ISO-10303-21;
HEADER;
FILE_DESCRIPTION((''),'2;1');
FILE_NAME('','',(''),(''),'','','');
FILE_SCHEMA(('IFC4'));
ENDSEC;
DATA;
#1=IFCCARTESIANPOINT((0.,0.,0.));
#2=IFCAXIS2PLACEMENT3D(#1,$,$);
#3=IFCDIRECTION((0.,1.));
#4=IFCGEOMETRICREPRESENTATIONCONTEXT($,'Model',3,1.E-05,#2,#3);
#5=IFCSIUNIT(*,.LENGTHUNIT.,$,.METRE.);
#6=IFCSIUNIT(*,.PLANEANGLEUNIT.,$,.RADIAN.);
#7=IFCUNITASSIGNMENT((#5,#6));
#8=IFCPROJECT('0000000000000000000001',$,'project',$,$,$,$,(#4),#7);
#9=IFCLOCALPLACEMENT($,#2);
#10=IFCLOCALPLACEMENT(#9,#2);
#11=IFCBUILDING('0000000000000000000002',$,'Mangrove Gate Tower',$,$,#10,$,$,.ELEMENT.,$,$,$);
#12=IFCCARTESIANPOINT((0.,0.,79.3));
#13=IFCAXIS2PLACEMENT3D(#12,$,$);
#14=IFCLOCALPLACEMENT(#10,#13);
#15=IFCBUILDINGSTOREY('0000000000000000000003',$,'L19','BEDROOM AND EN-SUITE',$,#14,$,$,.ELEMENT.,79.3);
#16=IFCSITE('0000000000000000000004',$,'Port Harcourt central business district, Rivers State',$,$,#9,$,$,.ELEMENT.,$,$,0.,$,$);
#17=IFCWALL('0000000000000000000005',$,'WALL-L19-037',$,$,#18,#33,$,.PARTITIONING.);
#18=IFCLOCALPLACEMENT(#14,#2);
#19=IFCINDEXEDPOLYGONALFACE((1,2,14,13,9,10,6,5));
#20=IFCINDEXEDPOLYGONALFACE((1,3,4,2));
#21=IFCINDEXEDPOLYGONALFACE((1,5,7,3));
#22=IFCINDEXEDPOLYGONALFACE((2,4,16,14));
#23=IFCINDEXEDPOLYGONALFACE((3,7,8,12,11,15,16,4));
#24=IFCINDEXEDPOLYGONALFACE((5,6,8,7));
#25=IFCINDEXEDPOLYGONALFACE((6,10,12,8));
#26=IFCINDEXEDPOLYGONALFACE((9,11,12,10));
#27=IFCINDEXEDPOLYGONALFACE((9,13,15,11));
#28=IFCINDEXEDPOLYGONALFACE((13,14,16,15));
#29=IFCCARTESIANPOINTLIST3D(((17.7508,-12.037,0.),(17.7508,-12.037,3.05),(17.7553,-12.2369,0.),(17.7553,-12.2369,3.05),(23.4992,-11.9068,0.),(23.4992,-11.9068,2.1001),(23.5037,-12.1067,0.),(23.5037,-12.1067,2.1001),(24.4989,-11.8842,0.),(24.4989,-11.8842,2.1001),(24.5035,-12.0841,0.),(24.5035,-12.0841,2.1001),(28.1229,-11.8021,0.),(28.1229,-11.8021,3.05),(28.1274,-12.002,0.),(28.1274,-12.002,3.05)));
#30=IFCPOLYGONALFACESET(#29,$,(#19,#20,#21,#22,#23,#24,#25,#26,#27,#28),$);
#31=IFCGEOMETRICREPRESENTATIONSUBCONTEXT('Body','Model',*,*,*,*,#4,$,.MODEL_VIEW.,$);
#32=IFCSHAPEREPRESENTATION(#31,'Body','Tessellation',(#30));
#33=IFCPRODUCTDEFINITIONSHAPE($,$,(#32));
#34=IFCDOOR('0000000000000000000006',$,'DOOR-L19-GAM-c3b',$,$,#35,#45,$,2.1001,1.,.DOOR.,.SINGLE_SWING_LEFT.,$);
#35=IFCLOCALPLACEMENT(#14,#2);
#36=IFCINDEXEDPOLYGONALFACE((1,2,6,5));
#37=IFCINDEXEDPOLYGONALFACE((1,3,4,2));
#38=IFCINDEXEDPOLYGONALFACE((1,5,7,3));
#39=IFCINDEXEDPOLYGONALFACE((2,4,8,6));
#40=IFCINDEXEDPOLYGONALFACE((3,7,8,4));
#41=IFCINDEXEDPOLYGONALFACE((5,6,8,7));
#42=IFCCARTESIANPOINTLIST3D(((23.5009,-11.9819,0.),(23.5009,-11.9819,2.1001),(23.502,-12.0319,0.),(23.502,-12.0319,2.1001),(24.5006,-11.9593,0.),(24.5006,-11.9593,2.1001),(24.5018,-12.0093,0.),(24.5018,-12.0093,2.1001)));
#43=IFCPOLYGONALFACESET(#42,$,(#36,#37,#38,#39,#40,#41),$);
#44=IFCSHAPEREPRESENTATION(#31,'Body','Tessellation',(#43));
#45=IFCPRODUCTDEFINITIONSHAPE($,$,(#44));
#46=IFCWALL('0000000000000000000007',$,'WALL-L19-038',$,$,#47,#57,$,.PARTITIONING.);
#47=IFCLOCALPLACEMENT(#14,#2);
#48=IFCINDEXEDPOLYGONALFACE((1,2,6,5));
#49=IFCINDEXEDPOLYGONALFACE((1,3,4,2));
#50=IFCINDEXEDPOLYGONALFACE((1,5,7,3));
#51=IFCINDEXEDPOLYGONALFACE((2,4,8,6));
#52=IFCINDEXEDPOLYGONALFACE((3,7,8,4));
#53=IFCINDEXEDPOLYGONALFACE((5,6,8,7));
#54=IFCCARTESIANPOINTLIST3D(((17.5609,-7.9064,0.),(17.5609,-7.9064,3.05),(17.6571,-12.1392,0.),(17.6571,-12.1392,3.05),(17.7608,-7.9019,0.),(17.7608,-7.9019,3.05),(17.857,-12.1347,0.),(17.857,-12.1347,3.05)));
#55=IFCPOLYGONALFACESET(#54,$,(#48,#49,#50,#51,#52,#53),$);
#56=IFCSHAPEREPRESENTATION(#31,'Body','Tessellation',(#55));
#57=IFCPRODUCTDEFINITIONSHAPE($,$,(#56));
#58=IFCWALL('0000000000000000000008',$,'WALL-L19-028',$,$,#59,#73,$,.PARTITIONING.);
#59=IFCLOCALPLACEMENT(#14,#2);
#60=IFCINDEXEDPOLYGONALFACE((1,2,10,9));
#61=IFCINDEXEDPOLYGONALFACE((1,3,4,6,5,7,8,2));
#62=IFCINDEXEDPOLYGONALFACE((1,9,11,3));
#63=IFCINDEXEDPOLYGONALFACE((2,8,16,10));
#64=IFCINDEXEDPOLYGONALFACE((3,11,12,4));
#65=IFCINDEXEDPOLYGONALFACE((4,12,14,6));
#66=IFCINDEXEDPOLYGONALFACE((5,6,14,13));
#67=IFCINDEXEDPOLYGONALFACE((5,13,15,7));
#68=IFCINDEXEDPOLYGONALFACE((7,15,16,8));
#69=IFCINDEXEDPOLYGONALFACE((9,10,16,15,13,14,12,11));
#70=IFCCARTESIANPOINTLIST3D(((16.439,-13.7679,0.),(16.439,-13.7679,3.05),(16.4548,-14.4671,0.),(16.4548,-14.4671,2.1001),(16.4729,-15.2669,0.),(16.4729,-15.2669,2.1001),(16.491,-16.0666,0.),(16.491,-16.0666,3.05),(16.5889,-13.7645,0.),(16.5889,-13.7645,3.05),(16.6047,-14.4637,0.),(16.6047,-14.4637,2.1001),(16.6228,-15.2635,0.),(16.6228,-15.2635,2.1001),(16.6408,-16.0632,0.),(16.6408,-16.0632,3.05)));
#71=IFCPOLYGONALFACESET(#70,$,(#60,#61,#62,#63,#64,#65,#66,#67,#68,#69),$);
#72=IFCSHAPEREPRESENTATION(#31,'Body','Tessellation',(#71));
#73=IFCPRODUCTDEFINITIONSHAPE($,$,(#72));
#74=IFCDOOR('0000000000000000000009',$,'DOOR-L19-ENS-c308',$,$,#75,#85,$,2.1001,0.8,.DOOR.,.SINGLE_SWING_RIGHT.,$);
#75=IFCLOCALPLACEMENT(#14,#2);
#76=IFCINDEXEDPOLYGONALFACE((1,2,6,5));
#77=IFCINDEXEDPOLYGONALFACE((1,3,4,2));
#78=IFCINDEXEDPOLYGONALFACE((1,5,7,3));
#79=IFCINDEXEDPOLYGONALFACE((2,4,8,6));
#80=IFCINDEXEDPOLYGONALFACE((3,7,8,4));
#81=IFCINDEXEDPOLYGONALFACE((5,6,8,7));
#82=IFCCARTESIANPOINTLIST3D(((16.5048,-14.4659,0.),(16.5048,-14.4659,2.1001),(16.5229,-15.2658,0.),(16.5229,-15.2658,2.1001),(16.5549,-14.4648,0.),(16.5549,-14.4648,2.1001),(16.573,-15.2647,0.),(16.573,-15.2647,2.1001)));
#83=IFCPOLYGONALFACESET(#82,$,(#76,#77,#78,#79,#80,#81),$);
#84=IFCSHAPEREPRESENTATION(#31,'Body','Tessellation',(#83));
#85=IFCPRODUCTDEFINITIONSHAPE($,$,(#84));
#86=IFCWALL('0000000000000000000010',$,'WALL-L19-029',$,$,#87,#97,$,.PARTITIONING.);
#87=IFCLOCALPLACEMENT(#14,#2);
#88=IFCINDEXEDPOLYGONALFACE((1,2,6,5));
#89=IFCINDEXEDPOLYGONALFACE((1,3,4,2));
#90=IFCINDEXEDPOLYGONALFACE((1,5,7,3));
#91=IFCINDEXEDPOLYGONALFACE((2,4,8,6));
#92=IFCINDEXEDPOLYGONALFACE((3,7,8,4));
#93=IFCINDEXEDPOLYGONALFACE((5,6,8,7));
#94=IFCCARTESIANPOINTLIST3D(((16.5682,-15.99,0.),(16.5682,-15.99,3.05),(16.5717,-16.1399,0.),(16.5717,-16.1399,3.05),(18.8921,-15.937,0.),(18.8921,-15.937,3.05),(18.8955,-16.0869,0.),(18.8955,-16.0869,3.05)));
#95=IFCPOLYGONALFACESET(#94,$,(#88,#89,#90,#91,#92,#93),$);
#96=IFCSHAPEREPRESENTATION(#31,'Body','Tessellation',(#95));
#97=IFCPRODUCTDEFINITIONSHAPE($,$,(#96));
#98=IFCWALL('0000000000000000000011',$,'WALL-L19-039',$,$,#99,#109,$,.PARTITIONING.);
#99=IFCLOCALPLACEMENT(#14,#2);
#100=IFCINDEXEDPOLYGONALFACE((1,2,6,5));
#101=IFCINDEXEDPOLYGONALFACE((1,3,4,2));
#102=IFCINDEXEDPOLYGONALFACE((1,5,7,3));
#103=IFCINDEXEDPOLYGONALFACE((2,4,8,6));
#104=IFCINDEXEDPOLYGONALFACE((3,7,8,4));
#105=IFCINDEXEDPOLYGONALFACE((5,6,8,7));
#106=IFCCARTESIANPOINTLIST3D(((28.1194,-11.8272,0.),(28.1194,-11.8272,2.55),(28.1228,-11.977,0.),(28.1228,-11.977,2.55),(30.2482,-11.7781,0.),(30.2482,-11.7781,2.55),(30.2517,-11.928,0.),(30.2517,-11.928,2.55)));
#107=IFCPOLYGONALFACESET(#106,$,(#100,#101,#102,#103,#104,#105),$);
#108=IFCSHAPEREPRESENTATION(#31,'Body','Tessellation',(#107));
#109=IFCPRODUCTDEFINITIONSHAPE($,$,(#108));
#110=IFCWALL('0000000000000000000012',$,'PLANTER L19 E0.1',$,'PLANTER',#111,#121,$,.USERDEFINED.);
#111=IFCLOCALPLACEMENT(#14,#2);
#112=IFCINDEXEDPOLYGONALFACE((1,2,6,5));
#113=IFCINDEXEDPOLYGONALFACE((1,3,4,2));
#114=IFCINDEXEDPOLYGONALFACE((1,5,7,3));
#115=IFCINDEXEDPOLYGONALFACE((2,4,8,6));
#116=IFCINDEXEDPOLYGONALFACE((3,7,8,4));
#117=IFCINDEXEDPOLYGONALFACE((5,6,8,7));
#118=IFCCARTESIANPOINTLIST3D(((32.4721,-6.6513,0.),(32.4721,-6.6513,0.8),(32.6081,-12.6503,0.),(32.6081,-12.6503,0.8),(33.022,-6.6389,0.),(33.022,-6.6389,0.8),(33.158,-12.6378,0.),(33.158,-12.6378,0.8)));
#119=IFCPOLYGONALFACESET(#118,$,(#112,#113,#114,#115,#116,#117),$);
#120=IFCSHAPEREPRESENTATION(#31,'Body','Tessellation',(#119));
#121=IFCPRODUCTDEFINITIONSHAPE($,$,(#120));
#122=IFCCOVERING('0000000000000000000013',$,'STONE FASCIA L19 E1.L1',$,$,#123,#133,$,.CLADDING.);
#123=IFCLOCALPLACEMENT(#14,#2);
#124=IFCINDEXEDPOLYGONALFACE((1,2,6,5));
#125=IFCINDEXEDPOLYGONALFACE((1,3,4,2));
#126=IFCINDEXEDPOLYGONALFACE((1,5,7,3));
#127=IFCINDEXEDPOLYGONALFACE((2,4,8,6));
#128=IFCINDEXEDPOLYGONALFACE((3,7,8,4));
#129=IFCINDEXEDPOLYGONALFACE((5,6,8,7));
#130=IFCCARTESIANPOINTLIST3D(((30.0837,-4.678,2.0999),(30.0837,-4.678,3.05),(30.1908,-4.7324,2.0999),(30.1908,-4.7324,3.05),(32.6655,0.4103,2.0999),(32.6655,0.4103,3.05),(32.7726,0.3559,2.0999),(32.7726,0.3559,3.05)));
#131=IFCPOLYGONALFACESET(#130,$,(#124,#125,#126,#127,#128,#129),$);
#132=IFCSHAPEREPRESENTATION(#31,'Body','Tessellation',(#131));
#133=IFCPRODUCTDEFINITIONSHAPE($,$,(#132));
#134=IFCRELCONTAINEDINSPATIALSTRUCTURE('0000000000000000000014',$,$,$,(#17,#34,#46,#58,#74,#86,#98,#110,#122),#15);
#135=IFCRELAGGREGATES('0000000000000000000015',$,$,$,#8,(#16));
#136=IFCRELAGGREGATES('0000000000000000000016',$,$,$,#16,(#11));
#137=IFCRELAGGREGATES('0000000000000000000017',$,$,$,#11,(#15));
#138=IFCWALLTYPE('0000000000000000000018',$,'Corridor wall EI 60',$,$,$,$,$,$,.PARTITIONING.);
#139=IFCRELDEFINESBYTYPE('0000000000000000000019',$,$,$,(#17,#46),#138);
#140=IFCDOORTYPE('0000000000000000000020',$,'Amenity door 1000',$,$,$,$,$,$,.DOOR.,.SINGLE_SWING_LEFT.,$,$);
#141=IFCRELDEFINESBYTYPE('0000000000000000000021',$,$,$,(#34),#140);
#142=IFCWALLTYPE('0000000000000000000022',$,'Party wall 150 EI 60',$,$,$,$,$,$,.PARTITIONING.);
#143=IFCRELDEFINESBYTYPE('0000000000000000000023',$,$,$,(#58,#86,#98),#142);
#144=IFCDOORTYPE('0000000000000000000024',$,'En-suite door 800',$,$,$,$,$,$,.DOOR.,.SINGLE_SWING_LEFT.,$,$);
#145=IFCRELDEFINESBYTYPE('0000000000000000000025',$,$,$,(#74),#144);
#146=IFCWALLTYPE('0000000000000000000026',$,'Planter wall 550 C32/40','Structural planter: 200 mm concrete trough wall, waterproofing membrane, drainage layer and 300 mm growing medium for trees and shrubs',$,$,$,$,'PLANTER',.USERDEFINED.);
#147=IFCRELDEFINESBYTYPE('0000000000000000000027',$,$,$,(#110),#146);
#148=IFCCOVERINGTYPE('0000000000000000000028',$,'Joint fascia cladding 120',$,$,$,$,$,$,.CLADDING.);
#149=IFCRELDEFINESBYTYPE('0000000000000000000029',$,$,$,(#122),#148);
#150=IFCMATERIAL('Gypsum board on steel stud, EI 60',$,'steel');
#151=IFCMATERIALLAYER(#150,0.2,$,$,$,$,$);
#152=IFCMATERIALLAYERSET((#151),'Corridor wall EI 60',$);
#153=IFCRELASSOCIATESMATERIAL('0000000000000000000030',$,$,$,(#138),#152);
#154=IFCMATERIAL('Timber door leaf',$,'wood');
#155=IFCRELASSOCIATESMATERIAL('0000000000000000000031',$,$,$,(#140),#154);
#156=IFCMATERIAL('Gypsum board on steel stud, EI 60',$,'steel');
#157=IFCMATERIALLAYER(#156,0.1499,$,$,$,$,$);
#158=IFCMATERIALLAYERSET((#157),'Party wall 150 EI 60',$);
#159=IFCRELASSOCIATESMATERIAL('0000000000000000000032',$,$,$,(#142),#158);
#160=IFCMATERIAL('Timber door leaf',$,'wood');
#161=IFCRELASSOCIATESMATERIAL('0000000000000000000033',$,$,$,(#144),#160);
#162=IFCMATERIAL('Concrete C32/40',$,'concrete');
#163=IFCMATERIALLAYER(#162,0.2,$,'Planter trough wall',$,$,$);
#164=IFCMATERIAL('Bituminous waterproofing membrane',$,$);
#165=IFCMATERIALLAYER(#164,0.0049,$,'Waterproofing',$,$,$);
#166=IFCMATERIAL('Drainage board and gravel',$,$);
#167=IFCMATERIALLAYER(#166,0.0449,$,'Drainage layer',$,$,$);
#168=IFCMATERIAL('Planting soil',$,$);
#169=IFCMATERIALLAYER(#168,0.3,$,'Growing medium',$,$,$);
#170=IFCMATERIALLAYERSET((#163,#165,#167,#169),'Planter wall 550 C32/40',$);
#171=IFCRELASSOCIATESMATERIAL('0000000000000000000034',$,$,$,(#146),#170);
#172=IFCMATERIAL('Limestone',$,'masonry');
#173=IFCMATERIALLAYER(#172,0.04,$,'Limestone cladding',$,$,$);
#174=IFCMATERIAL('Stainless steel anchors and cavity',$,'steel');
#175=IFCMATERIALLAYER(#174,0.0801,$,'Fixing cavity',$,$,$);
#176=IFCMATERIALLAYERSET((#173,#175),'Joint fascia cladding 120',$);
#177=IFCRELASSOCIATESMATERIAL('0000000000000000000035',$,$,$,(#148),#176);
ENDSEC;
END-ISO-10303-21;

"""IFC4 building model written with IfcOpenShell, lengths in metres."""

from ifc_helpers import new_model, si_unit, direction, frame, frame_2d, origin, place, context, subcontext, project, spatial, rectangle, extrude, material, layer, layer_set, type_object, element, fill, save


model = new_model("IFC4")

# Units and contexts
model_context = context("Model", 3, precision=1e-05, world=origin(), true_north=direction((0.0, 1.0)))
body_context = subcontext(model_context, "Body", "Model", "MODEL_VIEW")
ifc_project = project(units=[si_unit("LENGTHUNIT", "METRE"), si_unit("PLANEANGLEUNIT", "RADIAN")], contexts=[model_context])

# Site, building, storey
site_placement = place(None, origin())
site = spatial("IfcSite", under=ifc_project, at=site_placement, Name="Port Harcourt central business district, Rivers State", CompositionType="ELEMENT", RefElevation=0.0)
building_placement = place(site_placement, origin())
building = spatial("IfcBuilding", under=site, at=building_placement, Name="Mangrove Gate Tower", CompositionType="ELEMENT")
storey_placement = place(building_placement, frame((0.0, 0.0, 79.3)))
storey = spatial("IfcBuildingStorey", under=building, at=storey_placement, Name="L19", Description="BEDROOM AND EN-SUITE", CompositionType="ELEMENT", Elevation=79.3)

# Shared definitions
ifc_material_1 = material(Name="Gypsum board on steel stud, EI 60", Category="steel")
ifc_layer_1 = layer(ifc_material_1, 0.2)
ifc_layer_set_1 = layer_set([ifc_layer_1], Name="Corridor wall EI 60")
wall_type_1 = type_object("IfcWallType", Name="Corridor wall EI 60", PredefinedType="PARTITIONING", material=ifc_layer_set_1)

# Wall, opening, door
wall_1_placement = place(storey_placement, frame((17.7529, -12.137, 0.0), z_axis=(0.0, 0.0, 1.0), x_axis=(0.999744, 0.022638, 0.0)))
wall_1 = element("IfcWall", 1, at=wall_1_placement, inside=storey, type_object=wall_type_1, Name="WALL-L19-037", PredefinedType="PARTITIONING", context=body_context, shape_type="SweptSolid", body=[
    extrude(rectangle(XDim=10.3748, YDim=0.2, at=frame_2d((5.1875, 0.0))), origin(), (0.0, 0.0, 1.0), 3.05),
])
opening_1_placement = place(wall_1_placement, frame((5.75, 0.0, 0.0)))
opening_1 = element("IfcOpeningElement", 2, at=opening_1_placement, cuts=wall_1, PredefinedType="OPENING", context=body_context, shape_type="SweptSolid", body=[
    extrude(rectangle(XDim=1.0, YDim=2.1001, at=frame_2d((0.5, 1.05))), frame((0.0, 0.1099, 0.0), z_axis=(0.0, -1.0, 0.0), x_axis=(1.0, 0.0, 0.0)), (0.0, 0.0, 1.0), 0.22),
])
ifc_material_2 = material(Name="Timber door leaf", Category="wood")
door_type_1 = type_object("IfcDoorType", Name="Amenity door 1000", OperationType="SINGLE_SWING_LEFT", PredefinedType="DOOR", material=ifc_material_2)
door_1_placement = place(opening_1_placement, origin())
door_1 = element("IfcDoor", 3, at=door_1_placement, inside=storey, type_object=door_type_1, Name="DOOR-L19-GAM-c3b", OperationType="SINGLE_SWING_LEFT", OverallHeight=2.1001, OverallWidth=1.0, PredefinedType="DOOR", context=body_context, shape_type="SweptSolid", body=[
    extrude(rectangle(XDim=1.0, YDim=2.1001, at=frame_2d((0.5, 1.05))), frame((0.0, 0.0249, 0.0), z_axis=(0.0, -1.0, 0.0), x_axis=(1.0, 0.0, 0.0)), (0.0, 0.0, 1.0), 0.05),
])
fill(opening_1, door_1)

# Wall
wall_2_placement = place(storey_placement, frame((17.7571, -12.137, 0.0), z_axis=(0.0, 0.0, 1.0), x_axis=(-0.022719, 0.999742, 0.0)))
element("IfcWall", 4, at=wall_2_placement, inside=storey, type_object=wall_type_1, Name="WALL-L19-038", PredefinedType="PARTITIONING", context=body_context, shape_type="SweptSolid", body=[
    extrude(rectangle(XDim=4.2339, YDim=0.2, at=frame_2d((2.1169, 0.0))), origin(), (0.0, 0.0, 1.0), 3.05),
])

# Wall, opening, door
ifc_material_3 = material(Name="Gypsum board on steel stud, EI 60", Category="steel")
ifc_layer_2 = layer(ifc_material_3, 0.1499)
ifc_layer_set_2 = layer_set([ifc_layer_2], Name="Party wall 150 EI 60")
wall_type_2 = type_object("IfcWallType", Name="Party wall 150 EI 60", PredefinedType="PARTITIONING", material=ifc_layer_set_2)
wall_3_placement = place(storey_placement, frame((16.5659, -16.0649, 0.0), z_axis=(0.0, 0.0, 1.0), x_axis=(-0.022615, 0.999744, 0.0)))
wall_3 = element("IfcWall", 5, at=wall_3_placement, inside=storey, type_object=wall_type_2, Name="WALL-L19-028", PredefinedType="PARTITIONING", context=body_context, shape_type="SweptSolid", body=[
    extrude(rectangle(XDim=2.2993, YDim=0.1499, at=frame_2d((1.1497, 0.0))), origin(), (0.0, 0.0, 1.0), 3.05),
])
opening_2_placement = place(wall_3_placement, frame((0.8, 0.0, 0.0)))
opening_2 = element("IfcOpeningElement", 6, at=opening_2_placement, cuts=wall_3, PredefinedType="OPENING", context=body_context, shape_type="SweptSolid", body=[
    extrude(rectangle(XDim=0.8, YDim=2.1001, at=frame_2d((0.3999, 1.05))), frame((0.0, 0.085, 0.0), z_axis=(0.0, -1.0, 0.0), x_axis=(1.0, 0.0, 0.0)), (0.0, 0.0, 1.0), 0.1699),
])
ifc_material_4 = material(Name="Timber door leaf", Category="wood")
door_type_2 = type_object("IfcDoorType", Name="En-suite door 800", OperationType="SINGLE_SWING_LEFT", PredefinedType="DOOR", material=ifc_material_4)
door_2_placement = place(opening_2_placement, origin())
door_2 = element("IfcDoor", 7, at=door_2_placement, inside=storey, type_object=door_type_2, Name="DOOR-L19-ENS-c308", OperationType="SINGLE_SWING_RIGHT", OverallHeight=2.1001, OverallWidth=0.8, PredefinedType="DOOR", context=body_context, shape_type="SweptSolid", body=[
    extrude(rectangle(XDim=0.8, YDim=2.1001, at=frame_2d((0.3999, 1.05))), frame((0.0, 0.0249, 0.0), z_axis=(0.0, -1.0, 0.0), x_axis=(1.0, 0.0, 0.0)), (0.0, 0.0, 1.0), 0.05),
])
fill(opening_2, door_2)

# Walls
wall_4_placement = place(storey_placement, frame((16.5701, -16.0649, 0.0), z_axis=(0.0, 0.0, 1.0), x_axis=(0.99974, 0.022791, 0.0)))
element("IfcWall", 8, at=wall_4_placement, inside=storey, type_object=wall_type_2, Name="WALL-L19-029", PredefinedType="PARTITIONING", context=body_context, shape_type="SweptSolid", body=[
    extrude(rectangle(XDim=2.3245, YDim=0.1499, at=frame_2d((1.1621, 0.0))), origin(), (0.0, 0.0, 1.0), 3.05),
])
wall_5_placement = place(storey_placement, frame((28.1211, -11.9021, 0.0), z_axis=(0.0, 0.0, 1.0), x_axis=(0.999734, 0.023044, 0.0)))
element("IfcWall", 9, at=wall_5_placement, inside=storey, type_object=wall_type_2, Name="WALL-L19-039", PredefinedType="PARTITIONING", context=body_context, shape_type="SweptSolid", body=[
    extrude(rectangle(XDim=2.1294, YDim=0.1499, at=frame_2d((1.0647, 0.0))), origin(), (0.0, 0.0, 1.0), 2.55),
])
ifc_material_5 = material(Name="Concrete C32/40", Category="concrete")
ifc_layer_3 = layer(ifc_material_5, 0.2, Name="Planter trough wall")
ifc_material_6 = material(Name="Bituminous waterproofing membrane")
ifc_layer_4 = layer(ifc_material_6, 0.0049, Name="Waterproofing")
ifc_material_7 = material(Name="Drainage board and gravel")
ifc_layer_5 = layer(ifc_material_7, 0.0449, Name="Drainage layer")
ifc_material_8 = material(Name="Planting soil")
ifc_layer_6 = layer(ifc_material_8, 0.3, Name="Growing medium")
ifc_layer_set_3 = layer_set([ifc_layer_3, ifc_layer_4, ifc_layer_5, ifc_layer_6], Name="Planter wall 550 C32/40")
wall_type_3 = type_object("IfcWallType", Name="Planter wall 550 C32/40", Description="Structural planter: 200 mm concrete trough wall, waterproofing membrane, drainage layer and 300 mm growing medium for trees and shrubs", ElementType="PLANTER", PredefinedType="USERDEFINED", material=ifc_layer_set_3)
wall_6_placement = place(storey_placement, frame((32.8831, -12.644, 0.0), z_axis=(0.0, 0.0, 1.0), x_axis=(-0.022662, 0.999743, 0.0)))
element("IfcWall", 10, at=wall_6_placement, inside=storey, type_object=wall_type_3, Name="PLANTER L19 E0.1", ObjectType="PLANTER", PredefinedType="USERDEFINED", context=body_context, shape_type="SweptSolid", body=[
    extrude(rectangle(XDim=6.0005, YDim=0.55, at=frame_2d((3.0002, 0.0))), origin(), (0.0, 0.0, 1.0), 0.8),
])

# Covering
ifc_material_9 = material(Name="Limestone", Category="masonry")
ifc_layer_7 = layer(ifc_material_9, 0.04, Name="Limestone cladding")
ifc_material_10 = material(Name="Stainless steel anchors and cavity", Category="steel")
ifc_layer_8 = layer(ifc_material_10, 0.0801, Name="Fixing cavity")
ifc_layer_set_4 = layer_set([ifc_layer_7, ifc_layer_8], Name="Joint fascia cladding 120")
covering_type = type_object("IfcCoveringType", Name="Joint fascia cladding 120", PredefinedType="CLADDING", material=ifc_layer_set_4)
covering_placement = place(storey_placement, frame((30.1372, -4.7053, 2.0999), z_axis=(0.0, 0.0, 1.0), x_axis=(0.452477, 0.891776, 0.0)))
element("IfcCovering", 11, at=covering_placement, inside=storey, type_object=covering_type, Name="STONE FASCIA L19 E1.L1", PredefinedType="CLADDING", context=body_context, shape_type="SweptSolid", body=[
    extrude(rectangle(XDim=5.7058, YDim=0.1201, at=frame_2d((2.853, 0.0))), origin(), (0.0, 0.0, 1.0), 0.9502),
])

save(model, "model.ifc")
